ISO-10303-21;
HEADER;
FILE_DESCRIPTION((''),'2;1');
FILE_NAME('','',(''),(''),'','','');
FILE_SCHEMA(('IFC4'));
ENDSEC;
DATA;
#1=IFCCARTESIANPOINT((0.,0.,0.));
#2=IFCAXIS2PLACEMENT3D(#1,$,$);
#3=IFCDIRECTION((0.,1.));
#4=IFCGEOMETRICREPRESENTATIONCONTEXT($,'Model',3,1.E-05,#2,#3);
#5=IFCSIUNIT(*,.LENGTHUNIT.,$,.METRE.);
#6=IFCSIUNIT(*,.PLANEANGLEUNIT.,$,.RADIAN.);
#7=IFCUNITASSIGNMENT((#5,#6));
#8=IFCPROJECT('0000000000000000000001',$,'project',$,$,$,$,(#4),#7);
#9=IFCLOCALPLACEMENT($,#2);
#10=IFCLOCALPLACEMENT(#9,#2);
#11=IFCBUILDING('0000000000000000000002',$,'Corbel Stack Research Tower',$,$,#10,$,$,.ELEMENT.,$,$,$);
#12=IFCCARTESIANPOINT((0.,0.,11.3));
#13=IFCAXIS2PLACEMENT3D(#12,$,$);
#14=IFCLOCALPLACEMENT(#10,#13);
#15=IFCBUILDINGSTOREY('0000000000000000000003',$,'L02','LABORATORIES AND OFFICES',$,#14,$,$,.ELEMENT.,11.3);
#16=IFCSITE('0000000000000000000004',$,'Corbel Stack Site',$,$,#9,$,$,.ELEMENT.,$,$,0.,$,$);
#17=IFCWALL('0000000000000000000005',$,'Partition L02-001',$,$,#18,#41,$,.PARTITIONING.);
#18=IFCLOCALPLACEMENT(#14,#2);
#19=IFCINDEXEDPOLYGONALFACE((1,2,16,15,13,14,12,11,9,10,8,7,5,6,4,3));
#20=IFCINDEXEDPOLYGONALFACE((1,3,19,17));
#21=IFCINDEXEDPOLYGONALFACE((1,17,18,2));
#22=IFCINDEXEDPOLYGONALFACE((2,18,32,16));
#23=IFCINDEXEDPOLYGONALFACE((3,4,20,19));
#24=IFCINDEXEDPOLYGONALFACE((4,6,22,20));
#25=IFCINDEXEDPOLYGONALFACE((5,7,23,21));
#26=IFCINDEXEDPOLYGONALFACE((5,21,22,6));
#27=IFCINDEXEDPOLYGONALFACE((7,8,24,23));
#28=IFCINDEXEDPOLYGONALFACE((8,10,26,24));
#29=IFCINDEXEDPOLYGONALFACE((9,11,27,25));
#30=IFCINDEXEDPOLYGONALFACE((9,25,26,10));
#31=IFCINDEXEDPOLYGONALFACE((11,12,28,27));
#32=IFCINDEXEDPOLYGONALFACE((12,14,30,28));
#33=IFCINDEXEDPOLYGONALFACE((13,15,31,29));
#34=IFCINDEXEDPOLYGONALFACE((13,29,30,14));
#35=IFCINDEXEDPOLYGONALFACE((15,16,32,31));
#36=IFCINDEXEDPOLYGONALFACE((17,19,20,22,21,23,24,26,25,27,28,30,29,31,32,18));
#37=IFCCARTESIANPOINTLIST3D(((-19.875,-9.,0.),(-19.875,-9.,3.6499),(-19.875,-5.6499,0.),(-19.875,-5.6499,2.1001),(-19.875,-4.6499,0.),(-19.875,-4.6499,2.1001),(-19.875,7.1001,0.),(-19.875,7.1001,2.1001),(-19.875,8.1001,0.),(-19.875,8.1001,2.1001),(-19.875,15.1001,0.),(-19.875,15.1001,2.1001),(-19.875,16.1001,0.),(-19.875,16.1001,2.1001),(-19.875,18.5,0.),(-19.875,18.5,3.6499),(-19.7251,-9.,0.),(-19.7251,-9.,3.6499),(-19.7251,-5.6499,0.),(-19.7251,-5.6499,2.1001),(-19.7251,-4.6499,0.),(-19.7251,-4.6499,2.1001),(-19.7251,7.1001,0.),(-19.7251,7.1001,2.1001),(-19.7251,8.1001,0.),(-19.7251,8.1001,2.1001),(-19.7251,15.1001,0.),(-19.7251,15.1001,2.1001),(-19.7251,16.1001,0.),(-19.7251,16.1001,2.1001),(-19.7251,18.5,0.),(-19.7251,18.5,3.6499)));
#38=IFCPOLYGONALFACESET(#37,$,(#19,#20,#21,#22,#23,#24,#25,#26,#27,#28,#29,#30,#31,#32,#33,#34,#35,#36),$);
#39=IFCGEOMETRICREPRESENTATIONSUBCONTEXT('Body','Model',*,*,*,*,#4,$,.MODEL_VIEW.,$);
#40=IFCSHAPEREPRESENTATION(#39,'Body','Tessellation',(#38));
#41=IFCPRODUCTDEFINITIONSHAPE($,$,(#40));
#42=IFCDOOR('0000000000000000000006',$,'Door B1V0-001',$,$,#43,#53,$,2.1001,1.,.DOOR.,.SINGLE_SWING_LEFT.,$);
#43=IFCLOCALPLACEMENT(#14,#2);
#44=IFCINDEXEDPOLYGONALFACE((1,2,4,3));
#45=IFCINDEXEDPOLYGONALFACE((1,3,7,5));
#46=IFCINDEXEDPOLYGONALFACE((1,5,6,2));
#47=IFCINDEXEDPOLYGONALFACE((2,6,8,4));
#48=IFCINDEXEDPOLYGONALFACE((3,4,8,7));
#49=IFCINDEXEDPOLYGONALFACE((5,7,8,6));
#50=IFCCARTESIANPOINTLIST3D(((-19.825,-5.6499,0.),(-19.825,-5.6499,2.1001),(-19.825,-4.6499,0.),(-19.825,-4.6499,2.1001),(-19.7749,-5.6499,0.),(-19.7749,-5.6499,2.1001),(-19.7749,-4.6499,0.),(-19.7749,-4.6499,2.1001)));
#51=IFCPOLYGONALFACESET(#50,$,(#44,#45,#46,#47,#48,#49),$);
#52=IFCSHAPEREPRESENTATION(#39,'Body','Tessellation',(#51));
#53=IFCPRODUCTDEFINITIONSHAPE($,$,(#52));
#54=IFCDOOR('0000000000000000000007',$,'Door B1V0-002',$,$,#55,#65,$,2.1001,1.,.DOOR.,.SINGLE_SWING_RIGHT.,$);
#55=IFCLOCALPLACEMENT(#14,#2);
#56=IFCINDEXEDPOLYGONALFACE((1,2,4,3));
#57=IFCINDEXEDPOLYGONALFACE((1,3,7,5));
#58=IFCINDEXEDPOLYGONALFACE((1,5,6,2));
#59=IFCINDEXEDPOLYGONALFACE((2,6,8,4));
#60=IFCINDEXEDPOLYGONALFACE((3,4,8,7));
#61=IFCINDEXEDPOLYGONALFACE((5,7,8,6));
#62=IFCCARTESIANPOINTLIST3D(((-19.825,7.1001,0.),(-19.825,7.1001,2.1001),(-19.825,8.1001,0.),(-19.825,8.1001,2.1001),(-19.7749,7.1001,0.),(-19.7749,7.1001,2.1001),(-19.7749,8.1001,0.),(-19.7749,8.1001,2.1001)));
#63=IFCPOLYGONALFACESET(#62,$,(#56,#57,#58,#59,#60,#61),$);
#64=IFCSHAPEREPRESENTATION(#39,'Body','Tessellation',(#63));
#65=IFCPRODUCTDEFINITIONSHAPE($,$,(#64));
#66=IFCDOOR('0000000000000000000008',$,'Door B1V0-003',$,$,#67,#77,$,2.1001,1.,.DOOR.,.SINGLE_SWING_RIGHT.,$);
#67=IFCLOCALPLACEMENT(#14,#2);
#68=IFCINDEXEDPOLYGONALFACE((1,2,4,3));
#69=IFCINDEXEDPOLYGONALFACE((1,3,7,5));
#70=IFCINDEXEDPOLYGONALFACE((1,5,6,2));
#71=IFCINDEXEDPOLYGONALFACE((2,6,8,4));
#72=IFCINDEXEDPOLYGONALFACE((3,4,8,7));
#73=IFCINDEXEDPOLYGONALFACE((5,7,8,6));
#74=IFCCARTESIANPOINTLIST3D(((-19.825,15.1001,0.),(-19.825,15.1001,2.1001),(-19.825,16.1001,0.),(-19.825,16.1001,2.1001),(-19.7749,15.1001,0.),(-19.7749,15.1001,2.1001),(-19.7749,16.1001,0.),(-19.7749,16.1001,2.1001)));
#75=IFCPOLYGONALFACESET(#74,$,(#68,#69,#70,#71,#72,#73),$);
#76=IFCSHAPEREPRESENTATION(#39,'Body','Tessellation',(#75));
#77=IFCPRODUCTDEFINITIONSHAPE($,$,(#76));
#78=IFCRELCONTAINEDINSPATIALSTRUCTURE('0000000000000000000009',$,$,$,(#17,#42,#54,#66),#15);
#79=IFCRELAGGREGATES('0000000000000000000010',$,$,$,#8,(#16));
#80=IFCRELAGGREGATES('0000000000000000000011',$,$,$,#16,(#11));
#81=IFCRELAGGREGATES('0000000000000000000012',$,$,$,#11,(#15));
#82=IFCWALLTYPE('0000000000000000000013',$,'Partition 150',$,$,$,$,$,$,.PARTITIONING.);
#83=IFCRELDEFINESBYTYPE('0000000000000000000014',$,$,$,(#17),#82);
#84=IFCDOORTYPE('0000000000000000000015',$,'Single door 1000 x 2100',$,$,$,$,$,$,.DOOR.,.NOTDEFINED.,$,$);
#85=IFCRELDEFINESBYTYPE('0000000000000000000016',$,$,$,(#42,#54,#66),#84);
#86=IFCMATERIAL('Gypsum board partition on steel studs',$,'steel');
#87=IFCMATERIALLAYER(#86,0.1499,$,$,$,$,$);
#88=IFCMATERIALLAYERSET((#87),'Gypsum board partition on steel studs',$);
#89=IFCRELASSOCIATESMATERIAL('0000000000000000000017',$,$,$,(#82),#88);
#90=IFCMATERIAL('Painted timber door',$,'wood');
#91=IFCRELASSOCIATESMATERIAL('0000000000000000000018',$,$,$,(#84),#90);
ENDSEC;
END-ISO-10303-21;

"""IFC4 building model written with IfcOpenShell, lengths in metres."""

from ifc_helpers import new_model, si_unit, direction, frame, frame_2d, origin, place, context, subcontext, project, spatial, rectangle, extrude, material, layer, layer_set, type_object, element, fill, save


model = new_model("IFC4")

# Units and contexts
model_context = context("Model", 3, precision=1e-05, world=origin(), true_north=direction((0.0, 1.0)))
body_context = subcontext(model_context, "Body", "Model", "MODEL_VIEW")
ifc_project = project(units=[si_unit("LENGTHUNIT", "METRE"), si_unit("PLANEANGLEUNIT", "RADIAN")], contexts=[model_context])

# Site, building, storey
site_placement = place(None, origin())
site = spatial("IfcSite", under=ifc_project, at=site_placement, Name="Corbel Stack Site", CompositionType="ELEMENT", RefElevation=0.0)
building_placement = place(site_placement, origin())
building = spatial("IfcBuilding", under=site, at=building_placement, Name="Corbel Stack Research Tower", CompositionType="ELEMENT")
storey_placement = place(building_placement, frame((0.0, 0.0, 11.3)))
storey = spatial("IfcBuildingStorey", under=building, at=storey_placement, Name="L02", Description="LABORATORIES AND OFFICES", CompositionType="ELEMENT", Elevation=11.3)

# Wall, openings, doors
ifc_material_1 = material(Name="Gypsum board partition on steel studs", Category="steel")
ifc_layer_1 = layer(ifc_material_1, 0.1499)
ifc_layer_set_1 = layer_set([ifc_layer_1], Name="Gypsum board partition on steel studs")
wall_type_1 = type_object("IfcWallType", Name="Partition 150", PredefinedType="PARTITIONING", material=ifc_layer_set_1)
wall_1_placement = place(storey_placement, frame((-19.8, -9.0, 0.0), z_axis=(0.0, 0.0, 1.0), x_axis=(0.0, 1.0, 0.0)))
wall_1 = element("IfcWall", 1, at=wall_1_placement, inside=storey, type_object=wall_type_1, Name="Partition L02-001", PredefinedType="PARTITIONING", context=body_context, shape_type="SweptSolid", body=[
    extrude(rectangle(XDim=27.5, YDim=0.1499, at=frame_2d((13.75, 0.0))), origin(), (0.0, 0.0, 1.0), 3.6499),
])
opening_1_placement = place(wall_1_placement, frame((3.3501, 0.0, 0.0)))
opening_1 = element("IfcOpeningElement", 2, at=opening_1_placement, cuts=wall_1, PredefinedType="OPENING", context=body_context, shape_type="SweptSolid", body=[
    extrude(rectangle(XDim=1.0, YDim=2.1001, at=frame_2d((0.5, 1.05))), frame((0.0, 0.085, 0.0), z_axis=(0.0, -1.0, 0.0), x_axis=(1.0, 0.0, 0.0)), (0.0, 0.0, 1.0), 0.1699),
])
opening_2_placement = place(wall_1_placement, frame((16.1001, 0.0, 0.0)))
opening_2 = element("IfcOpeningElement", 3, at=opening_2_placement, cuts=wall_1, PredefinedType="OPENING", context=body_context, shape_type="SweptSolid", body=[
    extrude(rectangle(XDim=1.0, YDim=2.1001, at=frame_2d((0.5, 1.05))), frame((0.0, 0.085, 0.0), z_axis=(0.0, -1.0, 0.0), x_axis=(1.0, 0.0, 0.0)), (0.0, 0.0, 1.0), 0.1699),
])
opening_3_placement = place(wall_1_placement, frame((24.1001, 0.0, 0.0)))
opening_3 = element("IfcOpeningElement", 4, at=opening_3_placement, cuts=wall_1, PredefinedType="OPENING", context=body_context, shape_type="SweptSolid", body=[
    extrude(rectangle(XDim=1.0, YDim=2.1001, at=frame_2d((0.5, 1.05))), frame((0.0, 0.085, 0.0), z_axis=(0.0, -1.0, 0.0), x_axis=(1.0, 0.0, 0.0)), (0.0, 0.0, 1.0), 0.1699),
])
ifc_material_2 = material(Name="Painted timber door", Category="wood")
door_type_1 = type_object("IfcDoorType", Name="Single door 1000 x 2100", OperationType="NOTDEFINED", PredefinedType="DOOR", material=ifc_material_2)
door_1_placement = place(opening_1_placement, origin())
door_1 = element("IfcDoor", 5, at=door_1_placement, inside=storey, type_object=door_type_1, Name="Door B1V0-001", OperationType="SINGLE_SWING_LEFT", OverallHeight=2.1001, OverallWidth=1.0, PredefinedType="DOOR", context=body_context, shape_type="SweptSolid", body=[
    extrude(rectangle(XDim=1.0, YDim=2.1001, at=frame_2d((0.5, 1.05))), frame((0.0, 0.0249, 0.0), z_axis=(0.0, -1.0, 0.0), x_axis=(1.0, 0.0, 0.0)), (0.0, 0.0, 1.0), 0.05),
])
fill(opening_1, door_1)
door_2_placement = place(opening_2_placement, origin())
door_2 = element("IfcDoor", 6, at=door_2_placement, inside=storey, type_object=door_type_1, Name="Door B1V0-002", OperationType="SINGLE_SWING_RIGHT", OverallHeight=2.1001, OverallWidth=1.0, PredefinedType="DOOR", context=body_context, shape_type="SweptSolid", body=[
    extrude(rectangle(XDim=1.0, YDim=2.1001, at=frame_2d((0.5, 1.05))), frame((0.0, 0.0249, 0.0), z_axis=(0.0, -1.0, 0.0), x_axis=(1.0, 0.0, 0.0)), (0.0, 0.0, 1.0), 0.05),
])
fill(opening_2, door_2)
door_3_placement = place(opening_3_placement, origin())
door_3 = element("IfcDoor", 7, at=door_3_placement, inside=storey, type_object=door_type_1, Name="Door B1V0-003", OperationType="SINGLE_SWING_RIGHT", OverallHeight=2.1001, OverallWidth=1.0, PredefinedType="DOOR", context=body_context, shape_type="SweptSolid", body=[
    extrude(rectangle(XDim=1.0, YDim=2.1001, at=frame_2d((0.5, 1.05))), frame((0.0, 0.0249, 0.0), z_axis=(0.0, -1.0, 0.0), x_axis=(1.0, 0.0, 0.0)), (0.0, 0.0, 1.0), 0.05),
])
fill(opening_3, door_3)

save(model, "model.ifc")
